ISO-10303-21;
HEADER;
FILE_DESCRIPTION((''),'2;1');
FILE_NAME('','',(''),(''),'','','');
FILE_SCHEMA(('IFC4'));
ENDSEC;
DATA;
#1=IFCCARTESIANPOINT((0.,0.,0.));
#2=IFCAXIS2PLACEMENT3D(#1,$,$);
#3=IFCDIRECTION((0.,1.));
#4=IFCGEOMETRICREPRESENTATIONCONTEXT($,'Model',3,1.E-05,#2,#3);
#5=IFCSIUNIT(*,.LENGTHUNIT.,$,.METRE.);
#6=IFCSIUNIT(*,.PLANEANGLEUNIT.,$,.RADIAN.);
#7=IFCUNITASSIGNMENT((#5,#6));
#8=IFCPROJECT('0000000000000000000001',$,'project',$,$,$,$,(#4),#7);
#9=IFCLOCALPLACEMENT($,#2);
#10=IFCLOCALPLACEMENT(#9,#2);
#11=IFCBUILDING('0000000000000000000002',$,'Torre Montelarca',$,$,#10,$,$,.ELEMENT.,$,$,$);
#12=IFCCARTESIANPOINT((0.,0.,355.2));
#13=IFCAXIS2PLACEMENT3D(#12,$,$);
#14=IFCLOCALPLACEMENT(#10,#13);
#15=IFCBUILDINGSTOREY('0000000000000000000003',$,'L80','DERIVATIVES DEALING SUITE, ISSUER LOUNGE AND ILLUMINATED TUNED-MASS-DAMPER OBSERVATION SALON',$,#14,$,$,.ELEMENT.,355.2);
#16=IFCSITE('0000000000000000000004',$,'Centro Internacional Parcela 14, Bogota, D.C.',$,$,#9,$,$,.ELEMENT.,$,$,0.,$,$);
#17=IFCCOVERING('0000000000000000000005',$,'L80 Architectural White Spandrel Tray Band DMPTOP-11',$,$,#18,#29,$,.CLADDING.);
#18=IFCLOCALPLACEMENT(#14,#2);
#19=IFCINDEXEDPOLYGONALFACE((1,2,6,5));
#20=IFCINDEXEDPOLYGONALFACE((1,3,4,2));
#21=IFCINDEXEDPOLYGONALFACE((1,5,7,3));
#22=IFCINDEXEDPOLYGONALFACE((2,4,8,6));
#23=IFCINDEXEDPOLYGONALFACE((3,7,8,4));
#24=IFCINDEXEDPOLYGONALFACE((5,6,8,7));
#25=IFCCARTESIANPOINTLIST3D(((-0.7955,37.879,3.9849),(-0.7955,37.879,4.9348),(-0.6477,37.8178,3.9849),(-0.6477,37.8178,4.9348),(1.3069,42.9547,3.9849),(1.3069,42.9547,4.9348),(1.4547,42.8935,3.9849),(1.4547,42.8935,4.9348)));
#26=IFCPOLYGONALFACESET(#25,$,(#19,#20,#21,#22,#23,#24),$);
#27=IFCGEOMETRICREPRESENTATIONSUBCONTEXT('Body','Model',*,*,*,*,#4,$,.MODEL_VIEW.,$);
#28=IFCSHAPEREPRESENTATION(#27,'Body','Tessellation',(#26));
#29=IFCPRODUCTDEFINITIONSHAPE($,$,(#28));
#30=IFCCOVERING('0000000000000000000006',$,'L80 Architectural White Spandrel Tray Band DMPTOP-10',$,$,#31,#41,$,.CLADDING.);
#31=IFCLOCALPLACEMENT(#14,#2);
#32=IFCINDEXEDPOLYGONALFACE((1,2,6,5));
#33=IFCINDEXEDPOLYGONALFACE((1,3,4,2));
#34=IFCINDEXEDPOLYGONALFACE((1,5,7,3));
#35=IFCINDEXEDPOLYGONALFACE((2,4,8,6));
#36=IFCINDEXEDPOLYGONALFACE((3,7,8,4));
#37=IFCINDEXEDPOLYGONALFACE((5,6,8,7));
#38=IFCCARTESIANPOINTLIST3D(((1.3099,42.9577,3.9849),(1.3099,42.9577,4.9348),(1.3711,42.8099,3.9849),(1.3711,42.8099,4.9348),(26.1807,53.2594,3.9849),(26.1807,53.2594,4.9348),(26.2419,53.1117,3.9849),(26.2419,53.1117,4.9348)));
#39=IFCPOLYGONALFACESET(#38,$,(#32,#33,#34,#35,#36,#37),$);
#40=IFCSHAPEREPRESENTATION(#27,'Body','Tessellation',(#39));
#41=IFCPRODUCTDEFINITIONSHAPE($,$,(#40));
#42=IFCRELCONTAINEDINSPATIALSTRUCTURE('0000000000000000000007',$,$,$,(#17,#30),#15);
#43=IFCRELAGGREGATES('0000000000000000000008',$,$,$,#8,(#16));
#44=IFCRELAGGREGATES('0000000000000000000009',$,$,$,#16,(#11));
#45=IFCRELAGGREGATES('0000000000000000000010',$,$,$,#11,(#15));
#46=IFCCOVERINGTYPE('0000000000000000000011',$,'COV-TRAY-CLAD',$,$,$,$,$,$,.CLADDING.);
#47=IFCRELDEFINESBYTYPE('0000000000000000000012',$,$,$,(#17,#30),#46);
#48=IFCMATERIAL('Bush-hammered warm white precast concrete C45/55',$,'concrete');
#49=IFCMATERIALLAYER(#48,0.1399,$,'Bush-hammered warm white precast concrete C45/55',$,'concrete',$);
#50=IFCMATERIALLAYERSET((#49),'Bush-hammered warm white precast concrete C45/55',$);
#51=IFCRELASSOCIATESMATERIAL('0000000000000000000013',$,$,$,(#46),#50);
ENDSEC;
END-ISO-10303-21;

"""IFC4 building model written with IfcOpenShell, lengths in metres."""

from ifc_helpers import new_model, si_unit, direction, frame, origin, origin_2d, place, context, subcontext, project, spatial, rectangle, extrude, source, transform, mapped, material, layer, layer_set, type_object, element, save


model = new_model("IFC4")

# Units and contexts
model_context = context("Model", 3, precision=1e-05, world=origin(), true_north=direction((0.0, 1.0)))
body_context = subcontext(model_context, "Body", "Model", "MODEL_VIEW")
ifc_project = project(units=[si_unit("LENGTHUNIT", "METRE"), si_unit("PLANEANGLEUNIT", "RADIAN")], contexts=[model_context])

# Site, building, storey
site_placement = place(None, origin())
site = spatial("IfcSite", under=ifc_project, at=site_placement, Name="Centro Internacional Parcela 14, Bogota, D.C.", CompositionType="ELEMENT", RefElevation=0.0)
building_placement = place(site_placement, origin())
building = spatial("IfcBuilding", under=site, at=building_placement, Name="Torre Montelarca", CompositionType="ELEMENT")
storey_placement = place(building_placement, frame((0.0, 0.0, 355.2)))
storey = spatial("IfcBuildingStorey", under=building, at=storey_placement, Name="L80", Description="DERIVATIVES DEALING SUITE, ISSUER LOUNGE AND ILLUMINATED TUNED-MASS-DAMPER OBSERVATION SALON", CompositionType="ELEMENT", Elevation=355.2)

# Coverings
ifc_material_1 = material(Name="Bush-hammered warm white precast concrete C45/55", Category="concrete")
ifc_layer_1 = layer(ifc_material_1, 0.1399, Name="Bush-hammered warm white precast concrete C45/55", Category="concrete")
ifc_layer_set_1 = layer_set([ifc_layer_1], Name="Bush-hammered warm white precast concrete C45/55")
covering_type = type_object("IfcCoveringType", Name="COV-TRAY-CLAD", PredefinedType="CLADDING", material=ifc_layer_set_1)
shared_shape_1 = source(origin(), body_context, "Body", "SweptSolid", [
    extrude(rectangle(XDim=5.4939, YDim=0.1599, at=origin_2d()), origin(), (0.0, 0.0, 1.0), 0.95),
])
covering_1_placement = place(storey_placement, frame((0.3296, 40.3862, 3.9849), z_axis=(0.0, 0.0, 1.0), x_axis=(-0.382679, -0.923882, 0.0)))
element("IfcCovering", 1, at=covering_1_placement, inside=storey, type_object=covering_type, Name="L80 Architectural White Spandrel Tray Band DMPTOP-11", PredefinedType="CLADDING", context=body_context, shape_type="MappedRepresentation", body=[
    mapped(shared_shape_1, transform((0.0, 0.0, 0.0), scale=1.0)),
])
shared_shape_2 = source(origin(), body_context, "Body", "SweptSolid", [
    extrude(rectangle(XDim=26.9199, YDim=0.1599, at=origin_2d()), origin(), (0.0, 0.0, 1.0), 0.95),
])
covering_2_placement = place(storey_placement, frame((13.7759, 48.0347, 3.9849), z_axis=(0.0, 0.0, 1.0), x_axis=(-0.92388, -0.382682, 0.0)))
element("IfcCovering", 2, at=covering_2_placement, inside=storey, type_object=covering_type, Name="L80 Architectural White Spandrel Tray Band DMPTOP-10", PredefinedType="CLADDING", context=body_context, shape_type="MappedRepresentation", body=[
    mapped(shared_shape_2, transform((0.0, 0.0, 0.0), scale=1.0)),
])

save(model, "model.ifc")
